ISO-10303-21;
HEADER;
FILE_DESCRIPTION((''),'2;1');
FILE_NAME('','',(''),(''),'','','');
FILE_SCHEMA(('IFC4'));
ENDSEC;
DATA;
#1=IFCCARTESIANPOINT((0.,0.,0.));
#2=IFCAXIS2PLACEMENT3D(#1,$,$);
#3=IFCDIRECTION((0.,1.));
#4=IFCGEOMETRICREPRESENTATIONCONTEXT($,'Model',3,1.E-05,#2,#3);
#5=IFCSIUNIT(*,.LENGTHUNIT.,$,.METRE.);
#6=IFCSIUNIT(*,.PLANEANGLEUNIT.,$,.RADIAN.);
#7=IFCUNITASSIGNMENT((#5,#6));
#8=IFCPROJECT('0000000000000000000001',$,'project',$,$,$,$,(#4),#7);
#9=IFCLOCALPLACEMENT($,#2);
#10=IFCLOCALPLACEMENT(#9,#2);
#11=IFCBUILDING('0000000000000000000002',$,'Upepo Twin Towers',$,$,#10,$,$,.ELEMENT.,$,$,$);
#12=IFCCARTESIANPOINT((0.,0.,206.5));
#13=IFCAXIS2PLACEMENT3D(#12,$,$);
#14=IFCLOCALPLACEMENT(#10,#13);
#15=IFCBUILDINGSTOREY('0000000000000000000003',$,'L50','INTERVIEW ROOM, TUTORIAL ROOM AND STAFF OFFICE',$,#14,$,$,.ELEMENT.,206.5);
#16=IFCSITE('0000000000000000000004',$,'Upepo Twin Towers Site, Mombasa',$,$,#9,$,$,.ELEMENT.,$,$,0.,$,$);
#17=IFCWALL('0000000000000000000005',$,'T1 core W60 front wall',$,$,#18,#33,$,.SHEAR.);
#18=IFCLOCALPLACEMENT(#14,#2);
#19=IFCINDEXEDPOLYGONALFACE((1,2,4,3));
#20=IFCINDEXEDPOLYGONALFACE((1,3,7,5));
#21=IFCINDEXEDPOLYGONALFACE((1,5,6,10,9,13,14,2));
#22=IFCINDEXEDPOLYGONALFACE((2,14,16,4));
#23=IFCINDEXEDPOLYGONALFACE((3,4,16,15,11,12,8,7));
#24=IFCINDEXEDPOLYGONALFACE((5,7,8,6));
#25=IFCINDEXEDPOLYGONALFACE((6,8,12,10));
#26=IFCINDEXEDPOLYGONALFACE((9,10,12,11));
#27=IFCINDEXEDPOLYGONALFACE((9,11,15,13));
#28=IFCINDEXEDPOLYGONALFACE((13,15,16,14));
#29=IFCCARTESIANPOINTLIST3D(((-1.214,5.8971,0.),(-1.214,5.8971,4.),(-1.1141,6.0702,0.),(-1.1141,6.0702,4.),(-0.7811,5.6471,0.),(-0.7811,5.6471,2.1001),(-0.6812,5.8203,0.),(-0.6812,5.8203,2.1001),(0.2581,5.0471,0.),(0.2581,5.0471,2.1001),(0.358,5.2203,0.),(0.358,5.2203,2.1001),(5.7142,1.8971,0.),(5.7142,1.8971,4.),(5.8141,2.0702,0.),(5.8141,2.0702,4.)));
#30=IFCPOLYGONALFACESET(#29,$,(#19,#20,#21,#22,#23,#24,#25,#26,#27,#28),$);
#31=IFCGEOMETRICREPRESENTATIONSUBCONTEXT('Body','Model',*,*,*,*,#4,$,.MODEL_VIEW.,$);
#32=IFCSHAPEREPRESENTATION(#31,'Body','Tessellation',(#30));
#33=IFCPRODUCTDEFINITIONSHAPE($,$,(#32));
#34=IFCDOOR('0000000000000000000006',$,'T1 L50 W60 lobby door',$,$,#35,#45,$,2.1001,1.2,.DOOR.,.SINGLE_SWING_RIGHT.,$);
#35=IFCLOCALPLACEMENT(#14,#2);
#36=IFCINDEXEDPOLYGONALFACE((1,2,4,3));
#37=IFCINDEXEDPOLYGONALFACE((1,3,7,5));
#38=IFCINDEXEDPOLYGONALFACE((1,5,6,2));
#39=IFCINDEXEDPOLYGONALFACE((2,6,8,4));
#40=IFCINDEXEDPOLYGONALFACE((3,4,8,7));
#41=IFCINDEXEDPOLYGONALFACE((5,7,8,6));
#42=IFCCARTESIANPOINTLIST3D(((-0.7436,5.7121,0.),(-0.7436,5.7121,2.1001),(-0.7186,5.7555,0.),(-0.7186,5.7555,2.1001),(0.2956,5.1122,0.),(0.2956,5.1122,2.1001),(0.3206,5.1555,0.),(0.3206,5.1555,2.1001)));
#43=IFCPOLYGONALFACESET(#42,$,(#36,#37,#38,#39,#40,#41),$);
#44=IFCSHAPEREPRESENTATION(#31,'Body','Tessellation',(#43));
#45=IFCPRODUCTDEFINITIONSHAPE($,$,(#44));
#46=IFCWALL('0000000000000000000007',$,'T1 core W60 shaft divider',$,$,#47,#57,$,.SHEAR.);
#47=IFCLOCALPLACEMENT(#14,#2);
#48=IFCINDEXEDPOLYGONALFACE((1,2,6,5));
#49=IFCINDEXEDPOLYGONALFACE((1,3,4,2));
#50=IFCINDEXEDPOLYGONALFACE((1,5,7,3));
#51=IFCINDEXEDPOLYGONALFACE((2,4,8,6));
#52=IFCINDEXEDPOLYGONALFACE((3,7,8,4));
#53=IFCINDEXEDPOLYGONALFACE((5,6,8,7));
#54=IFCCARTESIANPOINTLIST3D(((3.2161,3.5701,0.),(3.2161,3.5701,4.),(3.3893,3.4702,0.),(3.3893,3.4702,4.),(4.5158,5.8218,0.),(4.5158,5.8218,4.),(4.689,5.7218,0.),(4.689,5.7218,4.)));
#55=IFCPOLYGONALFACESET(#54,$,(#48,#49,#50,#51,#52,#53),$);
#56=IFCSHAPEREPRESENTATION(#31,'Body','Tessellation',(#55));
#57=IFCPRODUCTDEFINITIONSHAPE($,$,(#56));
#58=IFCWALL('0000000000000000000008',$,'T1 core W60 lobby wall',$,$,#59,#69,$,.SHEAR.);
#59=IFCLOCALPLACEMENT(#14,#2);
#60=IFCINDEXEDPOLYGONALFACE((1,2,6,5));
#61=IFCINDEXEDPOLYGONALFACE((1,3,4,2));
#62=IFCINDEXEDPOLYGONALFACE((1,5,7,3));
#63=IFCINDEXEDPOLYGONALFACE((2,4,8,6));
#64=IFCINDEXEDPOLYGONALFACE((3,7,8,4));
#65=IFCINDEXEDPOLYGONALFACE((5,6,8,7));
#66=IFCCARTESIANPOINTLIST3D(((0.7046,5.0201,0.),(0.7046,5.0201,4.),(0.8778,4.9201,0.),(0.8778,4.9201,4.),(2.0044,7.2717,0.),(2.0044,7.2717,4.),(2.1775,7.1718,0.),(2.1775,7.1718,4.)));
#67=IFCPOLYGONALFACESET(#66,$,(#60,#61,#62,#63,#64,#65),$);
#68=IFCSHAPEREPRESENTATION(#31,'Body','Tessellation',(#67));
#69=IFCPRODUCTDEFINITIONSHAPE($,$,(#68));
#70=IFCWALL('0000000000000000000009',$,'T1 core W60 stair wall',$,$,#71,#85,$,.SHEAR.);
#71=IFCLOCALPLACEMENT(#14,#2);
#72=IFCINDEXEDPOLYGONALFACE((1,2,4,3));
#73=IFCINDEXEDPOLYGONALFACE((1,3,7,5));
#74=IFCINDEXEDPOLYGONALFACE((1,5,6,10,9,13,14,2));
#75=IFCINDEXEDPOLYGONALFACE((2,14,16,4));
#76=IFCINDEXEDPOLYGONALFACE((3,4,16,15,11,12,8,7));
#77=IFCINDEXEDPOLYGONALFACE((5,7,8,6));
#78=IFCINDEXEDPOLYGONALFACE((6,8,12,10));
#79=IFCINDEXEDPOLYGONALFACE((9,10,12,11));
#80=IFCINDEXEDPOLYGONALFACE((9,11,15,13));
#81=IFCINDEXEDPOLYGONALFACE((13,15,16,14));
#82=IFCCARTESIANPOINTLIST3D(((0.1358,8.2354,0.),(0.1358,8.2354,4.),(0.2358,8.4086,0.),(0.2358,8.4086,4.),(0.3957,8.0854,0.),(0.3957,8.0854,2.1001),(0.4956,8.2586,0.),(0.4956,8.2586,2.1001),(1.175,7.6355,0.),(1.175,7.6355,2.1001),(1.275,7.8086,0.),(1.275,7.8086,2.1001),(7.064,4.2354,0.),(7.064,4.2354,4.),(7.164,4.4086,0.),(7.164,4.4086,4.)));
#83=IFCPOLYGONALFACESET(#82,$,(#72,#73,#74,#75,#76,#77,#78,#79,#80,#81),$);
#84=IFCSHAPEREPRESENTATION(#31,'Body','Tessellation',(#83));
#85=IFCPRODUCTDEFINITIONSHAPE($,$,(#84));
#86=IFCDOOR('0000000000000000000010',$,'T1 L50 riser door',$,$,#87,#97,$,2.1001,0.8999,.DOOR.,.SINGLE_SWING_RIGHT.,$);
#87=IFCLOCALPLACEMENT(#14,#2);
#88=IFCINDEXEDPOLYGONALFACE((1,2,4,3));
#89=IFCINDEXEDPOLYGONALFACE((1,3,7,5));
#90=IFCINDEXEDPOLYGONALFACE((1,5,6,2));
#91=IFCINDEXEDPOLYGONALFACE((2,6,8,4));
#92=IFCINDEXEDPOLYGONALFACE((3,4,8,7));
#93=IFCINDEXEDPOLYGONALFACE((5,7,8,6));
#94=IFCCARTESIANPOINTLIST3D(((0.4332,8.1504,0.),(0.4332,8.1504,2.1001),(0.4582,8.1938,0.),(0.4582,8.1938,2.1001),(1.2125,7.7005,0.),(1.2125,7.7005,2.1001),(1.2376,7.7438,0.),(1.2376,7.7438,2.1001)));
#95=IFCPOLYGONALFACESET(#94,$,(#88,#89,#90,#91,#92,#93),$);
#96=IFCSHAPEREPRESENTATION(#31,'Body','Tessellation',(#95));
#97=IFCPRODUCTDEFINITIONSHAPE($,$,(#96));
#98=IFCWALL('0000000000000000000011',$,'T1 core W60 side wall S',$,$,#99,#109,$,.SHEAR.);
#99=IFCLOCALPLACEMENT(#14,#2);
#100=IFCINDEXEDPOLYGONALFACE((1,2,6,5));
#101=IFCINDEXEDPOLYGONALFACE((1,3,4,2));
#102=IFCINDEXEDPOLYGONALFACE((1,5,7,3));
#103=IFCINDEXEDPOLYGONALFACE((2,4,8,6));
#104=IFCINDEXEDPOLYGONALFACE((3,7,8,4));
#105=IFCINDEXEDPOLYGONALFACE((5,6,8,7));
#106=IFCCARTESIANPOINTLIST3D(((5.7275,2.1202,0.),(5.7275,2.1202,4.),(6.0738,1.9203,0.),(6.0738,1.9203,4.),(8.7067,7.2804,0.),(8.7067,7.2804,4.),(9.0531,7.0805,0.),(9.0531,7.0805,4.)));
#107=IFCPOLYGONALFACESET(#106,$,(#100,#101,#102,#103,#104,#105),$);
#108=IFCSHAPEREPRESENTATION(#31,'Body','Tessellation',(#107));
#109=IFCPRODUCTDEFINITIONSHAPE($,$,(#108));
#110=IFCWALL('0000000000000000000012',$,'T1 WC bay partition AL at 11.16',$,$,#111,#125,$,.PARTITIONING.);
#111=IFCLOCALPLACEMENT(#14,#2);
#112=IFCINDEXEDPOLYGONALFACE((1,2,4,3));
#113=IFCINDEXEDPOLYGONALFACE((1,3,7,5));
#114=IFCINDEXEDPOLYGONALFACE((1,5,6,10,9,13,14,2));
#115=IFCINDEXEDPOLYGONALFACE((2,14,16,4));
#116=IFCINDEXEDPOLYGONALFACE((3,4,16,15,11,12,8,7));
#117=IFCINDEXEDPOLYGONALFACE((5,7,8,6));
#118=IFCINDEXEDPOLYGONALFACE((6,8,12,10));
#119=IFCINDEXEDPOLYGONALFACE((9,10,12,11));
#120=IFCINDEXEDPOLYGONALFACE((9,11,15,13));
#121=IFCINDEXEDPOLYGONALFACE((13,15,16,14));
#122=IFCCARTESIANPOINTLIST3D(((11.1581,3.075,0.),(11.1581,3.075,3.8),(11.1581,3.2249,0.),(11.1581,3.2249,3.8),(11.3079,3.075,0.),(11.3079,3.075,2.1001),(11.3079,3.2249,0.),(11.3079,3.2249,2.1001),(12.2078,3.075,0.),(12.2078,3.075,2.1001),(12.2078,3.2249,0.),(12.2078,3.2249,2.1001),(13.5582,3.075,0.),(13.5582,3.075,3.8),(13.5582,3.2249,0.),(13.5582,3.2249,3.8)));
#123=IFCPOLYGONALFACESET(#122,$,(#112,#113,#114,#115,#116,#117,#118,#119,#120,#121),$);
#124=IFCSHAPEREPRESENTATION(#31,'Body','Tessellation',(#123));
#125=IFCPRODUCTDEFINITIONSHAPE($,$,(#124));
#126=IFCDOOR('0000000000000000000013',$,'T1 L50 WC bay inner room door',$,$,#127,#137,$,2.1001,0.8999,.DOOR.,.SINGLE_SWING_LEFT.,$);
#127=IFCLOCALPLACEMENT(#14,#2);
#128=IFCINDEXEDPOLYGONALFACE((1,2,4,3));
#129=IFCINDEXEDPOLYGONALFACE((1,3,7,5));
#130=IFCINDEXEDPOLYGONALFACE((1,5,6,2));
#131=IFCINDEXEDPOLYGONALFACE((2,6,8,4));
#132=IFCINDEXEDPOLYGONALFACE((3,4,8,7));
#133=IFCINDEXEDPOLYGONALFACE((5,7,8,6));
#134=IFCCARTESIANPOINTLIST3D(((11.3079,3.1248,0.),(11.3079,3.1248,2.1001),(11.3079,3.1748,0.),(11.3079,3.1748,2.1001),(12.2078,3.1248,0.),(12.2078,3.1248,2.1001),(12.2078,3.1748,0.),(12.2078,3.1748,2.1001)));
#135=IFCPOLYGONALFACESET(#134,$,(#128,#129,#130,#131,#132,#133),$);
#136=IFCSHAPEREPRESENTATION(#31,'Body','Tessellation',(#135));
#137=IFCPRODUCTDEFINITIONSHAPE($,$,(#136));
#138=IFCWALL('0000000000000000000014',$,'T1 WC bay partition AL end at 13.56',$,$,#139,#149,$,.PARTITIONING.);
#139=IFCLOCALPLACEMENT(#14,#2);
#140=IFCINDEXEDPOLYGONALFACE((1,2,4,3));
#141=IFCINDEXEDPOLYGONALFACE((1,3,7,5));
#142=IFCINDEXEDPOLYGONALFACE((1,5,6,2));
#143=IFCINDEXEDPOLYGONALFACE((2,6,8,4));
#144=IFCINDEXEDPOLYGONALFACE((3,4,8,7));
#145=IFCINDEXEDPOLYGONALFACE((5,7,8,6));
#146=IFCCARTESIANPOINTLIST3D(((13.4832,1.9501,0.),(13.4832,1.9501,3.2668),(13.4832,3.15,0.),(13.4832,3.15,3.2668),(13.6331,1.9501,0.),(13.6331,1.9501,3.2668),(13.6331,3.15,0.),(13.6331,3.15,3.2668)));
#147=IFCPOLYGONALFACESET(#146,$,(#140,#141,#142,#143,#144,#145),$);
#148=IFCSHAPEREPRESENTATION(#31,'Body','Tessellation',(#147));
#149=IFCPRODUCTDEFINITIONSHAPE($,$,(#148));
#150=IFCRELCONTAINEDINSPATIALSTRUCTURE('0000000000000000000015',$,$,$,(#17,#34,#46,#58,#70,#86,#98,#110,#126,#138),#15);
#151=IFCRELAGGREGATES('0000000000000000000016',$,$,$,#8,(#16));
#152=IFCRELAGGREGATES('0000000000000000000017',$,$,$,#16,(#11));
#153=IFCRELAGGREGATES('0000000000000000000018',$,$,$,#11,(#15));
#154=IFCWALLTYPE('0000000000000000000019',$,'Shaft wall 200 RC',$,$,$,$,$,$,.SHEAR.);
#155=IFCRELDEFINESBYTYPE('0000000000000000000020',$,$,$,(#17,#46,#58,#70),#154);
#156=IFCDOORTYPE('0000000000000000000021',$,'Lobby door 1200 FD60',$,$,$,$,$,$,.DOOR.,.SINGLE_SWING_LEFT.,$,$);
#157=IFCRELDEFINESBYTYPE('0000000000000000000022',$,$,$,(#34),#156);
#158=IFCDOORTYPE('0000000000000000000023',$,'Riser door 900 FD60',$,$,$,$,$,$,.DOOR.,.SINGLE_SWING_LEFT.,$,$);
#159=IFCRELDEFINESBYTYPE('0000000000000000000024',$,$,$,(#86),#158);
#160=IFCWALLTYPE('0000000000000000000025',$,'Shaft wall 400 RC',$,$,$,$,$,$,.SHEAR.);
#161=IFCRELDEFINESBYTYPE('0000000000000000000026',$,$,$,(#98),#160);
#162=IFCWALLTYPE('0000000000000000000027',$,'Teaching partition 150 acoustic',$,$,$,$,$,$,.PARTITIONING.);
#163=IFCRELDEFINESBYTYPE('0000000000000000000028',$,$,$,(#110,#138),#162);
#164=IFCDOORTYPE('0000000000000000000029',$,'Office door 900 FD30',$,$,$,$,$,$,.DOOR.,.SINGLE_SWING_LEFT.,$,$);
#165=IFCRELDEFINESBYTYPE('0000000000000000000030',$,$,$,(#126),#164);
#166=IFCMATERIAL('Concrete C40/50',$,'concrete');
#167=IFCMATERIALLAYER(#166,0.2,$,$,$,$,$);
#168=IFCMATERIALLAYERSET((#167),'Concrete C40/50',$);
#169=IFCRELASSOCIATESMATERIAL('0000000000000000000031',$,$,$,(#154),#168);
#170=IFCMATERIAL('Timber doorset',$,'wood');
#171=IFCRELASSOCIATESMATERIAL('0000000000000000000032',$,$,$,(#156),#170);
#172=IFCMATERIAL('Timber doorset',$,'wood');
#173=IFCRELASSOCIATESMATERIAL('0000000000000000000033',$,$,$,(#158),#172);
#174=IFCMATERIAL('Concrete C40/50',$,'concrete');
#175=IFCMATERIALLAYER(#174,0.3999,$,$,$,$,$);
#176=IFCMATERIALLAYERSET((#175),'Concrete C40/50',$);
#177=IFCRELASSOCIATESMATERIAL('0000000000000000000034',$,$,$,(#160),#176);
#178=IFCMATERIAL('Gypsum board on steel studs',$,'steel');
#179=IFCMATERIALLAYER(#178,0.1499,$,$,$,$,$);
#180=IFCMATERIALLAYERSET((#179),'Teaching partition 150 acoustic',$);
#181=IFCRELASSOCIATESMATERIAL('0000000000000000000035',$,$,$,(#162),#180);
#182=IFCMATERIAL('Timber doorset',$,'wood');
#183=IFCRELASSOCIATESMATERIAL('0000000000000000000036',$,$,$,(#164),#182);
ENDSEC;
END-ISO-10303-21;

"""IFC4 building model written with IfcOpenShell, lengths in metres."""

from ifc_helpers import new_model, si_unit, direction, frame, frame_2d, origin, place, context, subcontext, project, spatial, rectangle, extrude, material, layer, layer_set, type_object, element, fill, save


model = new_model("IFC4")

# Units and contexts
model_context = context("Model", 3, precision=1e-05, world=origin(), true_north=direction((0.0, 1.0)))
body_context = subcontext(model_context, "Body", "Model", "MODEL_VIEW")
ifc_project = project(units=[si_unit("LENGTHUNIT", "METRE"), si_unit("PLANEANGLEUNIT", "RADIAN")], contexts=[model_context])

# Site, building, storey
site_placement = place(None, origin())
site = spatial("IfcSite", under=ifc_project, at=site_placement, Name="Upepo Twin Towers Site, Mombasa", CompositionType="ELEMENT", RefElevation=0.0)
building_placement = place(site_placement, origin())
building = spatial("IfcBuilding", under=site, at=building_placement, Name="Upepo Twin Towers", CompositionType="ELEMENT")
storey_placement = place(building_placement, frame((0.0, 0.0, 206.5)))
storey = spatial("IfcBuildingStorey", under=building, at=storey_placement, Name="L50", Description="INTERVIEW ROOM, TUTORIAL ROOM AND STAFF OFFICE", CompositionType="ELEMENT", Elevation=206.5)

# Wall, opening, door
ifc_material_1 = material(Name="Concrete C40/50", Category="concrete")
ifc_layer_1 = layer(ifc_material_1, 0.2)
ifc_layer_set_1 = layer_set([ifc_layer_1], Name="Concrete C40/50")
wall_type_1 = type_object("IfcWallType", Name="Shaft wall 200 RC", PredefinedType="SHEAR", material=ifc_layer_set_1)
wall_1_placement = place(storey_placement, frame((5.7642, 1.9836, 0.0), z_axis=(0.0, 0.0, 1.0), x_axis=(-0.866026, 0.499999, 0.0)))
wall_1 = element("IfcWall", 1, at=wall_1_placement, inside=storey, type_object=wall_type_1, Name="T1 core W60 front wall", PredefinedType="SHEAR", context=body_context, shape_type="SweptSolid", body=[
    extrude(rectangle(XDim=8.0, YDim=0.2, at=frame_2d((4.0, 0.0))), origin(), (0.0, 0.0, 1.0), 4.0),
])
opening_1_placement = place(wall_1_placement, frame((6.3, 0.0, 0.0)))
opening_1 = element("IfcOpeningElement", 2, at=opening_1_placement, cuts=wall_1, PredefinedType="OPENING", context=body_context, shape_type="SweptSolid", body=[
    extrude(rectangle(XDim=1.2, YDim=2.1001, at=frame_2d((0.6001, 1.05))), frame((0.0, 0.1099, 0.0), z_axis=(0.0, -1.0, 0.0), x_axis=(1.0, 0.0, 0.0)), (0.0, 0.0, 1.0), 0.22),
])
ifc_material_2 = material(Name="Timber doorset", Category="wood")
door_type_1 = type_object("IfcDoorType", Name="Lobby door 1200 FD60", OperationType="SINGLE_SWING_LEFT", PredefinedType="DOOR", material=ifc_material_2)
door_1_placement = place(opening_1_placement, origin())
door_1 = element("IfcDoor", 3, at=door_1_placement, inside=storey, type_object=door_type_1, Name="T1 L50 W60 lobby door", OperationType="SINGLE_SWING_RIGHT", OverallHeight=2.1001, OverallWidth=1.2, PredefinedType="DOOR", context=body_context, shape_type="SweptSolid", body=[
    extrude(rectangle(XDim=1.2, YDim=2.1001, at=frame_2d((0.6001, 1.05))), frame((0.0, 0.0249, 0.0), z_axis=(0.0, -1.0, 0.0), x_axis=(1.0, 0.0, 0.0)), (0.0, 0.0, 1.0), 0.05),
])
fill(opening_1, door_1)

# Walls
for number, where, z_axis, x_axis, name in (
    (4, (3.3027, 3.5203, 0.0), (0.0, 0.0, 1.0), (0.499937, 0.866062, 0.0), "T1 core W60 shaft divider"),
    (5, (0.7913, 4.9702, 0.0), (0.0, 0.0, 1.0), (0.499937, 0.866062, 0.0), "T1 core W60 lobby wall"),
):
    element("IfcWall", number, at=place(storey_placement, frame(where, z_axis=z_axis, x_axis=x_axis)), inside=storey, type_object=wall_type_1, Name=name, PredefinedType="SHEAR", context=body_context, shape_type="SweptSolid", body=[
        extrude(rectangle(XDim=2.5999, YDim=0.2, at=frame_2d((1.2998, 0.0))), origin(), (0.0, 0.0, 1.0), 4.0),
    ])

# Wall, opening, door
wall_2_placement = place(storey_placement, frame((7.114, 4.322, 0.0), z_axis=(0.0, 0.0, 1.0), x_axis=(-0.866026, 0.499999, 0.0)))
wall_2 = element("IfcWall", 6, at=wall_2_placement, inside=storey, type_object=wall_type_1, Name="T1 core W60 stair wall", PredefinedType="SHEAR", context=body_context, shape_type="SweptSolid", body=[
    extrude(rectangle(XDim=8.0, YDim=0.2, at=frame_2d((4.0, 0.0))), origin(), (0.0, 0.0, 1.0), 4.0),
])
opening_2_placement = place(wall_2_placement, frame((6.8, 0.0, 0.0)))
opening_2 = element("IfcOpeningElement", 7, at=opening_2_placement, cuts=wall_2, PredefinedType="OPENING", context=body_context, shape_type="SweptSolid", body=[
    extrude(rectangle(XDim=0.8999, YDim=2.1001, at=frame_2d((0.45, 1.05))), frame((0.0, 0.1099, 0.0), z_axis=(0.0, -1.0, 0.0), x_axis=(1.0, 0.0, 0.0)), (0.0, 0.0, 1.0), 0.22),
])
ifc_material_3 = material(Name="Timber doorset", Category="wood")
door_type_2 = type_object("IfcDoorType", Name="Riser door 900 FD60", OperationType="SINGLE_SWING_LEFT", PredefinedType="DOOR", material=ifc_material_3)
door_2_placement = place(opening_2_placement, origin())
door_2 = element("IfcDoor", 8, at=door_2_placement, inside=storey, type_object=door_type_2, Name="T1 L50 riser door", OperationType="SINGLE_SWING_RIGHT", OverallHeight=2.1001, OverallWidth=0.8999, PredefinedType="DOOR", context=body_context, shape_type="SweptSolid", body=[
    extrude(rectangle(XDim=0.8999, YDim=2.1001, at=frame_2d((0.45, 1.05))), frame((0.0, 0.0249, 0.0), z_axis=(0.0, -1.0, 0.0), x_axis=(1.0, 0.0, 0.0)), (0.0, 0.0, 1.0), 0.05),
])
fill(opening_2, door_2)

# Wall
ifc_material_4 = material(Name="Concrete C40/50", Category="concrete")
ifc_layer_2 = layer(ifc_material_4, 0.3999)
ifc_layer_set_2 = layer_set([ifc_layer_2], Name="Concrete C40/50")
wall_type_2 = type_object("IfcWallType", Name="Shaft wall 400 RC", PredefinedType="SHEAR", material=ifc_layer_set_2)
wall_3_placement = place(storey_placement, frame((5.9006, 2.0203, 0.0), z_axis=(0.0, 0.0, 1.0), x_axis=(0.500004, 0.866023, 0.0)))
element("IfcWall", 9, at=wall_3_placement, inside=storey, type_object=wall_type_2, Name="T1 core W60 side wall S", PredefinedType="SHEAR", context=body_context, shape_type="SweptSolid", body=[
    extrude(rectangle(XDim=5.9585, YDim=0.3999, at=frame_2d((2.9792, 0.0))), origin(), (0.0, 0.0, 1.0), 4.0),
])

# Wall, opening, door
ifc_material_5 = material(Name="Gypsum board on steel studs", Category="steel")
ifc_layer_3 = layer(ifc_material_5, 0.1499)
ifc_layer_set_3 = layer_set([ifc_layer_3], Name="Teaching partition 150 acoustic")
wall_type_3 = type_object("IfcWallType", Name="Teaching partition 150 acoustic", PredefinedType="PARTITIONING", material=ifc_layer_set_3)
wall_4_placement = place(storey_placement, frame((11.158, 3.1499, 0.0), z_axis=(0.0, 0.0, 1.0), x_axis=(1.0, 0.0, 0.0)))
wall_4 = element("IfcWall", 10, at=wall_4_placement, inside=storey, type_object=wall_type_3, Name="T1 WC bay partition AL at 11.16", PredefinedType="PARTITIONING", context=body_context, shape_type="SweptSolid", body=[
    extrude(rectangle(XDim=2.4001, YDim=0.1499, at=frame_2d((1.2002, 0.0))), origin(), (0.0, 0.0, 1.0), 3.8),
])
opening_3_placement = place(wall_4_placement, frame((0.1499, 0.0, 0.0)))
opening_3 = element("IfcOpeningElement", 11, at=opening_3_placement, cuts=wall_4, PredefinedType="OPENING", context=body_context, shape_type="SweptSolid", body=[
    extrude(rectangle(XDim=0.8999, YDim=2.1001, at=frame_2d((0.45, 1.05))), frame((0.0, 0.085, 0.0), z_axis=(0.0, -1.0, 0.0), x_axis=(1.0, 0.0, 0.0)), (0.0, 0.0, 1.0), 0.1699),
])
ifc_material_6 = material(Name="Timber doorset", Category="wood")
door_type_3 = type_object("IfcDoorType", Name="Office door 900 FD30", OperationType="SINGLE_SWING_LEFT", PredefinedType="DOOR", material=ifc_material_6)
door_3_placement = place(opening_3_placement, origin())
door_3 = element("IfcDoor", 12, at=door_3_placement, inside=storey, type_object=door_type_3, Name="T1 L50 WC bay inner room door", OperationType="SINGLE_SWING_LEFT", OverallHeight=2.1001, OverallWidth=0.8999, PredefinedType="DOOR", context=body_context, shape_type="SweptSolid", body=[
    extrude(rectangle(XDim=0.8999, YDim=2.1001, at=frame_2d((0.45, 1.05))), frame((0.0, 0.0249, 0.0), z_axis=(0.0, -1.0, 0.0), x_axis=(1.0, 0.0, 0.0)), (0.0, 0.0, 1.0), 0.05),
])
fill(opening_3, door_3)

# Wall
wall_5_placement = place(storey_placement, frame((13.5581, 1.95, 0.0), z_axis=(0.0, 0.0, 1.0), x_axis=(0.0, 1.0, 0.0)))
element("IfcWall", 13, at=wall_5_placement, inside=storey, type_object=wall_type_3, Name="T1 WC bay partition AL end at 13.56", PredefinedType="PARTITIONING", context=body_context, shape_type="SweptSolid", body=[
    extrude(rectangle(XDim=1.2, YDim=0.1499, at=frame_2d((0.6001, 0.0))), origin(), (0.0, 0.0, 1.0), 3.2668),
])

save(model, "model.ifc")
